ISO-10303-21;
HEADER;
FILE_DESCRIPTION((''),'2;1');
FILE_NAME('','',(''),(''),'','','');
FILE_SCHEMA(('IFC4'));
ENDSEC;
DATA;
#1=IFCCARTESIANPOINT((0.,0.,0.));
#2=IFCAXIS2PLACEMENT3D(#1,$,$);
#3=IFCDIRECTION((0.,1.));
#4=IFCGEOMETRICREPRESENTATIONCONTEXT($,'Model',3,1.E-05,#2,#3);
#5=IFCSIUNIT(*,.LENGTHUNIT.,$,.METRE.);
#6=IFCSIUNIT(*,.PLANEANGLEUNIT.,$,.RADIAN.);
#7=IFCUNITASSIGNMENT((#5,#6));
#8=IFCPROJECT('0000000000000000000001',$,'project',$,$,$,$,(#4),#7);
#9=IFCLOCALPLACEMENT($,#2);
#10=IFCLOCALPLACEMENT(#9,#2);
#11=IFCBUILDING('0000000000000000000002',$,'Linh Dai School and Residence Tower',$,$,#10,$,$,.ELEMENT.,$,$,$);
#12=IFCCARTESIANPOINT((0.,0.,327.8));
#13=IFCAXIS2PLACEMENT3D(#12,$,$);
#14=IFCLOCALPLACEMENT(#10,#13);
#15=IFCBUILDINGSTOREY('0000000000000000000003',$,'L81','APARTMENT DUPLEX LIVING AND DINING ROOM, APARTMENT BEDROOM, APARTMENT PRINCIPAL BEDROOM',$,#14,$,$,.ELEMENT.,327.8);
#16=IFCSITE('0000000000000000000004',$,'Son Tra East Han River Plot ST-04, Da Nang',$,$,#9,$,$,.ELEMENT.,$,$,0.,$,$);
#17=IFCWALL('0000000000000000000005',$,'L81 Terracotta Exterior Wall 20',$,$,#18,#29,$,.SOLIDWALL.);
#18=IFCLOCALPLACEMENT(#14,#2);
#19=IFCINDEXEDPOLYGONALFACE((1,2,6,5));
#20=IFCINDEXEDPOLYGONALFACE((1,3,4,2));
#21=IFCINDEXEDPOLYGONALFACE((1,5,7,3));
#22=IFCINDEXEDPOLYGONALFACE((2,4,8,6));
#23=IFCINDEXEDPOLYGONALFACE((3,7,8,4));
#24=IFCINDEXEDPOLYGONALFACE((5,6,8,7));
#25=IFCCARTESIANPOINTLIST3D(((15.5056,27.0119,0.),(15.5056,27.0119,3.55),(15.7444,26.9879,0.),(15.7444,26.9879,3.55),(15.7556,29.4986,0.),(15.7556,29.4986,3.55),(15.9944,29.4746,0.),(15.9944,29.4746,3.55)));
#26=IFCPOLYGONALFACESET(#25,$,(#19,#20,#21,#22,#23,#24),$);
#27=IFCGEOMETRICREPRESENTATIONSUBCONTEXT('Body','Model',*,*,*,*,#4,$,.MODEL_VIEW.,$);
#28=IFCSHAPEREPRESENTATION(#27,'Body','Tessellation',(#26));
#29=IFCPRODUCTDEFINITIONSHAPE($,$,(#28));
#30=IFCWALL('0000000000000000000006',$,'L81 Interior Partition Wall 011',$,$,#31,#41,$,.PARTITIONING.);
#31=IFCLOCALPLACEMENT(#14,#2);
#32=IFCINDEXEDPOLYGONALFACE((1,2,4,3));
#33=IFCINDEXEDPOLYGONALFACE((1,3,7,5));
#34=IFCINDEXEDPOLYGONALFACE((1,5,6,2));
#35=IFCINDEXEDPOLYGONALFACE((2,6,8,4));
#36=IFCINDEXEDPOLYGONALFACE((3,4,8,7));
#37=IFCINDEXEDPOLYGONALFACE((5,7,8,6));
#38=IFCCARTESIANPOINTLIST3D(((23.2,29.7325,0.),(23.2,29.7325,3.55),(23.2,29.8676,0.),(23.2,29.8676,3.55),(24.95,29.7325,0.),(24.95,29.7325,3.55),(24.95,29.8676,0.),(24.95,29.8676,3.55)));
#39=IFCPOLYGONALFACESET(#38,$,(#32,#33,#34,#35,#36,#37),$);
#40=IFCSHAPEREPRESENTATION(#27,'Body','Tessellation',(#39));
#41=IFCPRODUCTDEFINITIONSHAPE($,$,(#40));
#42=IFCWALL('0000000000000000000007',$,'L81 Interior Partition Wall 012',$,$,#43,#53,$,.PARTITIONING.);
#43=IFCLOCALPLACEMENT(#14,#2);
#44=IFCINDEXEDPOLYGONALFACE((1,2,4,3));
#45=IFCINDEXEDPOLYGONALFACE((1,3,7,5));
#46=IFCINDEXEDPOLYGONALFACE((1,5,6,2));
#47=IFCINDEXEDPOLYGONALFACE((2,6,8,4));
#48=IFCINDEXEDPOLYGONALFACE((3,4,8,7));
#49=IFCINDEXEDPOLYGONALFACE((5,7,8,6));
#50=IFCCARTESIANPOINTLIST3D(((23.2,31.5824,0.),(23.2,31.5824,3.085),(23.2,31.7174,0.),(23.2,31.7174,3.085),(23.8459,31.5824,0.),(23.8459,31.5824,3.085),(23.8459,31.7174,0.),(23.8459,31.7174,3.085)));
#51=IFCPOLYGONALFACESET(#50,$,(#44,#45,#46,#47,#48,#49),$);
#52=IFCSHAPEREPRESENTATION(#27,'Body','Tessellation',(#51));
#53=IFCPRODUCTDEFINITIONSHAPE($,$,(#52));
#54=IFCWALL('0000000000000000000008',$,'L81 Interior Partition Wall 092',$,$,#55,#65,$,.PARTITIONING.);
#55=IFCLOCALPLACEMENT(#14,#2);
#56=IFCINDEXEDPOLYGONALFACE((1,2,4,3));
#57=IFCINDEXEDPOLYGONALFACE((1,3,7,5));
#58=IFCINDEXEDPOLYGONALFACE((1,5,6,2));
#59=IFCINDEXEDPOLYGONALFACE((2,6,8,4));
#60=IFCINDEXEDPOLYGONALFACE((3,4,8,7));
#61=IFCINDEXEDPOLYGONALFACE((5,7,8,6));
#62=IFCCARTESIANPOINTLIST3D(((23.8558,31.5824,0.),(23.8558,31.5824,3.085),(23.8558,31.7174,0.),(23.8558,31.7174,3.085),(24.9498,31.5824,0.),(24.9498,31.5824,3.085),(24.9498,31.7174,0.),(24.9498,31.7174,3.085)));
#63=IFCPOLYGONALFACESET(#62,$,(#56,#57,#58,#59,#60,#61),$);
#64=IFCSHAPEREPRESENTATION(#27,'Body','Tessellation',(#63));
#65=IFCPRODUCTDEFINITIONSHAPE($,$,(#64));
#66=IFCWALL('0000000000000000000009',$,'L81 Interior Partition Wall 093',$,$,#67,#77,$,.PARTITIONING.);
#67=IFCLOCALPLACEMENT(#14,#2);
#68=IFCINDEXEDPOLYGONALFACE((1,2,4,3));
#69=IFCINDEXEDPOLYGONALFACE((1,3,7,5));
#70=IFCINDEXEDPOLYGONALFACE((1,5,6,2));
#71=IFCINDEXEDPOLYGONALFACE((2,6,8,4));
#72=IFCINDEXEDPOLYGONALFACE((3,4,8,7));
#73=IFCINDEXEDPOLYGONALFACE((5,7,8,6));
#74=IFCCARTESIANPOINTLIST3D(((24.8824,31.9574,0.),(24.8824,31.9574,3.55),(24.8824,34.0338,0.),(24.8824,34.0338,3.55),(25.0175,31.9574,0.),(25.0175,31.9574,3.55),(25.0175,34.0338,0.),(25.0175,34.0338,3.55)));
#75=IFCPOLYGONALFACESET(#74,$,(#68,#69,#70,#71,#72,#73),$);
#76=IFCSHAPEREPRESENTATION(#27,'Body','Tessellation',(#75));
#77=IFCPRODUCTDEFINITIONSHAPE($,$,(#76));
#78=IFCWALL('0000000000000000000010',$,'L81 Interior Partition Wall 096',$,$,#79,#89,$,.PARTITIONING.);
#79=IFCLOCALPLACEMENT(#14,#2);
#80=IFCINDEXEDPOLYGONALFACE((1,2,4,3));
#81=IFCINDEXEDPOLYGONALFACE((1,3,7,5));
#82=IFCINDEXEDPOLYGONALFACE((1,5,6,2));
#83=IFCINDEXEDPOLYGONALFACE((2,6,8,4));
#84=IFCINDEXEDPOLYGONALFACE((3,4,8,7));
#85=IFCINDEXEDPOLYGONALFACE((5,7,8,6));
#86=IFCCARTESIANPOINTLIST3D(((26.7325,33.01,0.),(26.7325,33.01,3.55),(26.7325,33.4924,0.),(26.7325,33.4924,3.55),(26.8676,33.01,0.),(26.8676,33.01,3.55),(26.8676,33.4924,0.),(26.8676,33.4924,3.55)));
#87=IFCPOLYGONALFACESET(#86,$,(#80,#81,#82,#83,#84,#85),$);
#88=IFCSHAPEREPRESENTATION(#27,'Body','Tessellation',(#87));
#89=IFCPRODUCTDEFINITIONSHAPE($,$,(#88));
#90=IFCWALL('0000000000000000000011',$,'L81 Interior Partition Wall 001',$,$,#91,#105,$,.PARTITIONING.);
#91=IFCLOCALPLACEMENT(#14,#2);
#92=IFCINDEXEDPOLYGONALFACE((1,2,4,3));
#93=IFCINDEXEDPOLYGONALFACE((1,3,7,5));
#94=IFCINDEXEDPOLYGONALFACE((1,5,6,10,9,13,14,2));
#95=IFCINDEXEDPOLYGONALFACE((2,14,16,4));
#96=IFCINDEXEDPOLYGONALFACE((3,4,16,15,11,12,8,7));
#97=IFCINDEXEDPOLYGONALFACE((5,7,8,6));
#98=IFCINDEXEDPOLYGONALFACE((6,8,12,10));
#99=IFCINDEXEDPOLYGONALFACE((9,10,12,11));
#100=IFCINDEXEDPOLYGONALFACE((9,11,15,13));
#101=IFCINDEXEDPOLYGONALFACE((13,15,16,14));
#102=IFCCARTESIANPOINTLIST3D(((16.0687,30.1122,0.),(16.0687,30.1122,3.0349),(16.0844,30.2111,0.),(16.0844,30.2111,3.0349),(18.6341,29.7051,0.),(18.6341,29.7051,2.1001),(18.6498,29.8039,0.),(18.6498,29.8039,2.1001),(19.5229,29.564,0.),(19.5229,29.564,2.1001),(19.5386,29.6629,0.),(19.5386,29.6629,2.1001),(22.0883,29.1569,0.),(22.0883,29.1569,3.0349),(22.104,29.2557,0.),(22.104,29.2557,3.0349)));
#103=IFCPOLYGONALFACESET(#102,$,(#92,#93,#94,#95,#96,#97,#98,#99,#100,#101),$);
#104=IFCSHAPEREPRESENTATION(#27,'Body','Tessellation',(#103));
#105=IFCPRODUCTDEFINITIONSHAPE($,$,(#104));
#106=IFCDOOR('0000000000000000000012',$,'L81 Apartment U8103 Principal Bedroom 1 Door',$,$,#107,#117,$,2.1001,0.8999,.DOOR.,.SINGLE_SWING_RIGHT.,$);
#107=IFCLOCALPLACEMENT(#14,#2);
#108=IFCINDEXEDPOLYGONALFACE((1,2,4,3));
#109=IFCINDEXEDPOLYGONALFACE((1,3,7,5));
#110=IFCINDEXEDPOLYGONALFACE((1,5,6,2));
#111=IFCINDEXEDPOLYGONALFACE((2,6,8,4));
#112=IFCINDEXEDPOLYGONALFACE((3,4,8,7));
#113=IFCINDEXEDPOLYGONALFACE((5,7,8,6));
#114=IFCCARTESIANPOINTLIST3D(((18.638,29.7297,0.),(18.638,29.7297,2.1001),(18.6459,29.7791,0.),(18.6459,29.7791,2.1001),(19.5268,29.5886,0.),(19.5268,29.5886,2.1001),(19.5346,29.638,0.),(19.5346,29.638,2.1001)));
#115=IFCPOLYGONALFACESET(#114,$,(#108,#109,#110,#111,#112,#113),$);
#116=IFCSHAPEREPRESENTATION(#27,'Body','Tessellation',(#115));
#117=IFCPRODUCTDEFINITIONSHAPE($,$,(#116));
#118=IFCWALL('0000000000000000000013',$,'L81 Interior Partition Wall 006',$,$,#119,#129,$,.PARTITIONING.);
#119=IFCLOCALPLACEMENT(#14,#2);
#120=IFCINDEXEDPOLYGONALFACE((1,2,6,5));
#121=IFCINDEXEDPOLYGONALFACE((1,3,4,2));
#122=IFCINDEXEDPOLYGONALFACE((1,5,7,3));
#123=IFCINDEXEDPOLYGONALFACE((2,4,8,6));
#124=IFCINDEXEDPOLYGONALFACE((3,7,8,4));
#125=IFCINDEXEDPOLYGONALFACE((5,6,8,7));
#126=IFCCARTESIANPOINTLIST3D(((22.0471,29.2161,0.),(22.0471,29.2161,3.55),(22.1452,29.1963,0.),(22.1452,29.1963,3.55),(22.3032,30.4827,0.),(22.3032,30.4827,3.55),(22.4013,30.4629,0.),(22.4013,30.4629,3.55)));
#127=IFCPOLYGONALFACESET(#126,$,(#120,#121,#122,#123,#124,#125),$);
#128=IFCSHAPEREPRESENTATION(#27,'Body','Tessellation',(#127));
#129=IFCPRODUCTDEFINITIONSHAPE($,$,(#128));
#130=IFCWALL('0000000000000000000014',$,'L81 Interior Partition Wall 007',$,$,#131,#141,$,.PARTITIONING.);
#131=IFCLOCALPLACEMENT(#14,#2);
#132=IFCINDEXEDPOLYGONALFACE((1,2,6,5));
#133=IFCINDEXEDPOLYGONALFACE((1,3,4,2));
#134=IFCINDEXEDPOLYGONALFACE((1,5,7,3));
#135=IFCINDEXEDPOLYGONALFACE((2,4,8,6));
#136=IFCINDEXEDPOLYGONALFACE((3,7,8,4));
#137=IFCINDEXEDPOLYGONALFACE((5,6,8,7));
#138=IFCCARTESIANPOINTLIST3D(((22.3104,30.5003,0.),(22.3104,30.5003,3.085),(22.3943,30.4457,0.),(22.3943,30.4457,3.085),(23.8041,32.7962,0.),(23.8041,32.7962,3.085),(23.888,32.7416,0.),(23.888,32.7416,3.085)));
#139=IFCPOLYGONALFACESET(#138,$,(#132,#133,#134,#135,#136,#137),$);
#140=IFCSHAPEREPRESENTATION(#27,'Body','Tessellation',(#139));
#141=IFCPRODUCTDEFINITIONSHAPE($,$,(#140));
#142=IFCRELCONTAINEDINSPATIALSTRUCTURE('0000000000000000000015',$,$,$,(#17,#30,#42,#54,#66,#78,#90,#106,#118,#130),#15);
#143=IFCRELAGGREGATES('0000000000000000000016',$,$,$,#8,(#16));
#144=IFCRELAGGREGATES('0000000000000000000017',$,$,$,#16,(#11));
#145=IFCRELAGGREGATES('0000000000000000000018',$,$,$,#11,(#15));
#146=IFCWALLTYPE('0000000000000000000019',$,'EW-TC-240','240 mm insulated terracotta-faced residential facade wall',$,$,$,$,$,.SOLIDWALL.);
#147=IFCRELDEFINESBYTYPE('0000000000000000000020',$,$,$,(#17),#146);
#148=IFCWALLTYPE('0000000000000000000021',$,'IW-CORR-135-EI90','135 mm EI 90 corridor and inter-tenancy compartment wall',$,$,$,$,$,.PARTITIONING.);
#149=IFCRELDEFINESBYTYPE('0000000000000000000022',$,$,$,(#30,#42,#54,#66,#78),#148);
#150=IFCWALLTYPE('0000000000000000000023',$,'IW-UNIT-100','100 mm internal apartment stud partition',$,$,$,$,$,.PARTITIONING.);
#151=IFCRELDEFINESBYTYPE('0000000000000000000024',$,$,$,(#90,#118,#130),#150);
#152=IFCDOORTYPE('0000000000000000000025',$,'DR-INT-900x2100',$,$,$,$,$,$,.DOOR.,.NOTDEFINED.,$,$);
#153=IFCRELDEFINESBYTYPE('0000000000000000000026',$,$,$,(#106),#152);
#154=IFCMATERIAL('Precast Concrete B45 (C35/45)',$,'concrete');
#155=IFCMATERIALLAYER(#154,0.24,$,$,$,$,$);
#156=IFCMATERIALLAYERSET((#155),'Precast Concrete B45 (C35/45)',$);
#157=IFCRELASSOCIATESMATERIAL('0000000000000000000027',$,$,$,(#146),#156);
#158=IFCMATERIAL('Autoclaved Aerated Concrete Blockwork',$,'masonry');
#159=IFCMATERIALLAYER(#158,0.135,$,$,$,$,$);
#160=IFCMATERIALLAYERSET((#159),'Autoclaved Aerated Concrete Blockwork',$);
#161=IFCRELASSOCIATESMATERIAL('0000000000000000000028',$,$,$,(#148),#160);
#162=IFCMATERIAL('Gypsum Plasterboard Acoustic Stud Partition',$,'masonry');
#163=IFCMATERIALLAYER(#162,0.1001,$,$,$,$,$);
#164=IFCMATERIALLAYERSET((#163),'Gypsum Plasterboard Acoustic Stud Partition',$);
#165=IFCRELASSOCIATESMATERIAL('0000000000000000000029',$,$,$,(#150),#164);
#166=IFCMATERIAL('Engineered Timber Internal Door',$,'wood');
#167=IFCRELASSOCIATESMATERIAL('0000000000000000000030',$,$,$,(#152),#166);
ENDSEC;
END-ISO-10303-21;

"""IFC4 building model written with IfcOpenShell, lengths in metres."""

from ifc_helpers import new_model, si_unit, direction, frame, frame_2d, origin, origin_2d, place, context, subcontext, project, spatial, rectangle, extrude, source, transform, mapped, material, layer, layer_set, type_object, element, fill, save


model = new_model("IFC4")

# Units and contexts
model_context = context("Model", 3, precision=1e-05, world=origin(), true_north=direction((0.0, 1.0)))
body_context = subcontext(model_context, "Body", "Model", "MODEL_VIEW")
ifc_project = project(units=[si_unit("LENGTHUNIT", "METRE"), si_unit("PLANEANGLEUNIT", "RADIAN")], contexts=[model_context])

# Site, building, storey
site_placement = place(None, origin())
site = spatial("IfcSite", under=ifc_project, at=site_placement, Name="Son Tra East Han River Plot ST-04, Da Nang", CompositionType="ELEMENT", RefElevation=0.0)
building_placement = place(site_placement, origin())
building = spatial("IfcBuilding", under=site, at=building_placement, Name="Linh Dai School and Residence Tower", CompositionType="ELEMENT")
storey_placement = place(building_placement, frame((0.0, 0.0, 327.8)))
storey = spatial("IfcBuildingStorey", under=building, at=storey_placement, Name="L81", Description="APARTMENT DUPLEX LIVING AND DINING ROOM, APARTMENT BEDROOM, APARTMENT PRINCIPAL BEDROOM", CompositionType="ELEMENT", Elevation=327.8)

# Wall
ifc_material_1 = material(Name="Precast Concrete B45 (C35/45)", Category="concrete")
ifc_layer_1 = layer(ifc_material_1, 0.24)
ifc_layer_set_1 = layer_set([ifc_layer_1], Name="Precast Concrete B45 (C35/45)")
wall_type_1 = type_object("IfcWallType", Name="EW-TC-240", Description="240 mm insulated terracotta-faced residential facade wall", PredefinedType="SOLIDWALL", material=ifc_layer_set_1)
wall_1_placement = place(storey_placement, frame((15.625, 27.0, 0.0), z_axis=(0.0, 0.0, 1.0), x_axis=(0.100026, 0.994985, 0.0)))
element("IfcWall", 1, at=wall_1_placement, inside=storey, type_object=wall_type_1, Name="L81 Terracotta Exterior Wall 20", PredefinedType="SOLIDWALL", context=body_context, shape_type="SweptSolid", body=[
    extrude(rectangle(XDim=2.4993, YDim=0.24, at=frame_2d((1.2495, 0.0))), origin(), (0.0, 0.0, 1.0), 3.55),
])

# Shared definitions
ifc_material_2 = material(Name="Autoclaved Aerated Concrete Blockwork", Category="masonry")
ifc_layer_2 = layer(ifc_material_2, 0.135)
ifc_layer_set_2 = layer_set([ifc_layer_2], Name="Autoclaved Aerated Concrete Blockwork")
wall_type_2 = type_object("IfcWallType", Name="IW-CORR-135-EI90", Description="135 mm EI 90 corridor and inter-tenancy compartment wall", PredefinedType="PARTITIONING", material=ifc_layer_set_2)

# Walls
wall_2_placement = place(storey_placement, frame((23.2, 29.8, 0.0), z_axis=(0.0, 0.0, 1.0), x_axis=(1.0, 0.0, 0.0)))
element("IfcWall", 2, at=wall_2_placement, inside=storey, type_object=wall_type_2, Name="L81 Interior Partition Wall 011", PredefinedType="PARTITIONING", context=body_context, shape_type="SweptSolid", body=[
    extrude(rectangle(XDim=1.75, YDim=0.135, at=frame_2d((0.875, 0.0))), origin(), (0.0, 0.0, 1.0), 3.55),
])
wall_3_placement = place(storey_placement, frame((23.2, 31.6499, 0.0), z_axis=(0.0, 0.0, 1.0), x_axis=(1.0, 0.0, 0.0)))
element("IfcWall", 3, at=wall_3_placement, inside=storey, type_object=wall_type_2, Name="L81 Interior Partition Wall 012", PredefinedType="PARTITIONING", context=body_context, shape_type="SweptSolid", body=[
    extrude(rectangle(XDim=0.646, YDim=0.135, at=frame_2d((0.323, 0.0))), origin(), (0.0, 0.0, 1.0), 3.085),
])
wall_4_placement = place(storey_placement, frame((23.856, 31.6499, 0.0), z_axis=(0.0, 0.0, 1.0), x_axis=(1.0, 0.0, 0.0)))
element("IfcWall", 4, at=wall_4_placement, inside=storey, type_object=wall_type_2, Name="L81 Interior Partition Wall 092", PredefinedType="PARTITIONING", context=body_context, shape_type="SweptSolid", body=[
    extrude(rectangle(XDim=1.094, YDim=0.135, at=frame_2d((0.5469, 0.0))), origin(), (0.0, 0.0, 1.0), 3.085),
])
wall_5_placement = place(storey_placement, frame((24.95, 31.9575, 0.0), z_axis=(0.0, 0.0, 1.0), x_axis=(0.0, 1.0, 0.0)))
element("IfcWall", 5, at=wall_5_placement, inside=storey, type_object=wall_type_2, Name="L81 Interior Partition Wall 093", PredefinedType="PARTITIONING", context=body_context, shape_type="SweptSolid", body=[
    extrude(rectangle(XDim=2.0764, YDim=0.135, at=frame_2d((1.0381, 0.0))), origin(), (0.0, 0.0, 1.0), 3.55),
])
wall_6_placement = place(storey_placement, frame((26.8, 33.4924, 0.0), z_axis=(0.0, 0.0, 1.0), x_axis=(0.0, -1.0, 0.0)))
element("IfcWall", 6, at=wall_6_placement, inside=storey, type_object=wall_type_2, Name="L81 Interior Partition Wall 096", PredefinedType="PARTITIONING", context=body_context, shape_type="SweptSolid", body=[
    extrude(rectangle(XDim=0.4824, YDim=0.135, at=frame_2d((0.2412, 0.0))), origin(), (0.0, 0.0, 1.0), 3.55),
])

# Wall, opening, door
ifc_material_3 = material(Name="Gypsum Plasterboard Acoustic Stud Partition", Category="masonry")
ifc_layer_3 = layer(ifc_material_3, 0.1001)
ifc_layer_set_3 = layer_set([ifc_layer_3], Name="Gypsum Plasterboard Acoustic Stud Partition")
wall_type_3 = type_object("IfcWallType", Name="IW-UNIT-100", Description="100 mm internal apartment stud partition", PredefinedType="PARTITIONING", material=ifc_layer_set_3)
wall_7_placement = place(storey_placement, frame((16.0767, 30.1616, 0.0), z_axis=(0.0, 0.0, 1.0), x_axis=(0.98764, -0.156742, 0.0)))
wall_7 = element("IfcWall", 7, at=wall_7_placement, inside=storey, type_object=wall_type_3, Name="L81 Interior Partition Wall 001", PredefinedType="PARTITIONING", context=body_context, shape_type="SweptSolid", body=[
    extrude(rectangle(XDim=6.095, YDim=0.1001, at=frame_2d((3.0474, 0.0))), origin(), (0.0, 0.0, 1.0), 3.0349),
])
opening_1_placement = place(wall_7_placement, frame((2.5974, 0.0, 0.0)))
opening_1 = element("IfcOpeningElement", 8, at=opening_1_placement, cuts=wall_7, PredefinedType="OPENING", context=body_context, shape_type="SweptSolid", body=[
    extrude(rectangle(XDim=0.8999, YDim=2.1001, at=origin_2d()), frame((0.45, 0.0601, 1.05), z_axis=(0.0, -1.0, 0.0), x_axis=(1.0, 0.0, 0.0)), (0.0, 0.0, 1.0), 0.1201),
])
ifc_material_4 = material(Name="Engineered Timber Internal Door", Category="wood")
door_type_1 = type_object("IfcDoorType", Name="DR-INT-900x2100", OperationType="NOTDEFINED", PredefinedType="DOOR", material=ifc_material_4)
shared_shape_1 = source(origin(), body_context, "Body", "SweptSolid", [
    extrude(rectangle(XDim=0.8999, YDim=2.1001, at=origin_2d()), frame((0.45, 0.0249, 1.05), z_axis=(0.0, -1.0, 0.0), x_axis=(1.0, 0.0, 0.0)), (0.0, 0.0, 1.0), 0.05),
])
door_1_placement = place(opening_1_placement, origin())
door_1 = element("IfcDoor", 9, at=door_1_placement, inside=storey, type_object=door_type_1, Name="L81 Apartment U8103 Principal Bedroom 1 Door", OperationType="SINGLE_SWING_RIGHT", OverallHeight=2.1001, OverallWidth=0.8999, PredefinedType="DOOR", context=body_context, shape_type="MappedRepresentation", body=[
    mapped(shared_shape_1, transform((0.0, 0.0, 0.0), x_axis=(1.0, 0.0, 0.0), y_axis=(0.0, 1.0, 0.0), z_axis=(0.0, 0.0, 1.0), scale=1.0)),
])
fill(opening_1, door_1)

# Walls
wall_8_placement = place(storey_placement, frame((22.0962, 29.2063, 0.0), z_axis=(0.0, 0.0, 1.0), x_axis=(0.198187, 0.980164, 0.0)))
element("IfcWall", 10, at=wall_8_placement, inside=storey, type_object=wall_type_3, Name="L81 Interior Partition Wall 006", PredefinedType="PARTITIONING", context=body_context, shape_type="SweptSolid", body=[
    extrude(rectangle(XDim=1.2922, YDim=0.1001, at=frame_2d((0.646, 0.0))), origin(), (0.0, 0.0, 1.0), 3.55),
])
wall_9_placement = place(storey_placement, frame((22.3523, 30.4729, 0.0), z_axis=(0.0, 0.0, 1.0), x_axis=(0.545327, 0.838224, 0.0)))
element("IfcWall", 11, at=wall_9_placement, inside=storey, type_object=wall_type_3, Name="L81 Interior Partition Wall 007", PredefinedType="PARTITIONING", context=body_context, shape_type="SweptSolid", body=[
    extrude(rectangle(XDim=2.739, YDim=0.1001, at=frame_2d((1.3696, 0.0))), origin(), (0.0, 0.0, 1.0), 3.085),
])

save(model, "model.ifc")
